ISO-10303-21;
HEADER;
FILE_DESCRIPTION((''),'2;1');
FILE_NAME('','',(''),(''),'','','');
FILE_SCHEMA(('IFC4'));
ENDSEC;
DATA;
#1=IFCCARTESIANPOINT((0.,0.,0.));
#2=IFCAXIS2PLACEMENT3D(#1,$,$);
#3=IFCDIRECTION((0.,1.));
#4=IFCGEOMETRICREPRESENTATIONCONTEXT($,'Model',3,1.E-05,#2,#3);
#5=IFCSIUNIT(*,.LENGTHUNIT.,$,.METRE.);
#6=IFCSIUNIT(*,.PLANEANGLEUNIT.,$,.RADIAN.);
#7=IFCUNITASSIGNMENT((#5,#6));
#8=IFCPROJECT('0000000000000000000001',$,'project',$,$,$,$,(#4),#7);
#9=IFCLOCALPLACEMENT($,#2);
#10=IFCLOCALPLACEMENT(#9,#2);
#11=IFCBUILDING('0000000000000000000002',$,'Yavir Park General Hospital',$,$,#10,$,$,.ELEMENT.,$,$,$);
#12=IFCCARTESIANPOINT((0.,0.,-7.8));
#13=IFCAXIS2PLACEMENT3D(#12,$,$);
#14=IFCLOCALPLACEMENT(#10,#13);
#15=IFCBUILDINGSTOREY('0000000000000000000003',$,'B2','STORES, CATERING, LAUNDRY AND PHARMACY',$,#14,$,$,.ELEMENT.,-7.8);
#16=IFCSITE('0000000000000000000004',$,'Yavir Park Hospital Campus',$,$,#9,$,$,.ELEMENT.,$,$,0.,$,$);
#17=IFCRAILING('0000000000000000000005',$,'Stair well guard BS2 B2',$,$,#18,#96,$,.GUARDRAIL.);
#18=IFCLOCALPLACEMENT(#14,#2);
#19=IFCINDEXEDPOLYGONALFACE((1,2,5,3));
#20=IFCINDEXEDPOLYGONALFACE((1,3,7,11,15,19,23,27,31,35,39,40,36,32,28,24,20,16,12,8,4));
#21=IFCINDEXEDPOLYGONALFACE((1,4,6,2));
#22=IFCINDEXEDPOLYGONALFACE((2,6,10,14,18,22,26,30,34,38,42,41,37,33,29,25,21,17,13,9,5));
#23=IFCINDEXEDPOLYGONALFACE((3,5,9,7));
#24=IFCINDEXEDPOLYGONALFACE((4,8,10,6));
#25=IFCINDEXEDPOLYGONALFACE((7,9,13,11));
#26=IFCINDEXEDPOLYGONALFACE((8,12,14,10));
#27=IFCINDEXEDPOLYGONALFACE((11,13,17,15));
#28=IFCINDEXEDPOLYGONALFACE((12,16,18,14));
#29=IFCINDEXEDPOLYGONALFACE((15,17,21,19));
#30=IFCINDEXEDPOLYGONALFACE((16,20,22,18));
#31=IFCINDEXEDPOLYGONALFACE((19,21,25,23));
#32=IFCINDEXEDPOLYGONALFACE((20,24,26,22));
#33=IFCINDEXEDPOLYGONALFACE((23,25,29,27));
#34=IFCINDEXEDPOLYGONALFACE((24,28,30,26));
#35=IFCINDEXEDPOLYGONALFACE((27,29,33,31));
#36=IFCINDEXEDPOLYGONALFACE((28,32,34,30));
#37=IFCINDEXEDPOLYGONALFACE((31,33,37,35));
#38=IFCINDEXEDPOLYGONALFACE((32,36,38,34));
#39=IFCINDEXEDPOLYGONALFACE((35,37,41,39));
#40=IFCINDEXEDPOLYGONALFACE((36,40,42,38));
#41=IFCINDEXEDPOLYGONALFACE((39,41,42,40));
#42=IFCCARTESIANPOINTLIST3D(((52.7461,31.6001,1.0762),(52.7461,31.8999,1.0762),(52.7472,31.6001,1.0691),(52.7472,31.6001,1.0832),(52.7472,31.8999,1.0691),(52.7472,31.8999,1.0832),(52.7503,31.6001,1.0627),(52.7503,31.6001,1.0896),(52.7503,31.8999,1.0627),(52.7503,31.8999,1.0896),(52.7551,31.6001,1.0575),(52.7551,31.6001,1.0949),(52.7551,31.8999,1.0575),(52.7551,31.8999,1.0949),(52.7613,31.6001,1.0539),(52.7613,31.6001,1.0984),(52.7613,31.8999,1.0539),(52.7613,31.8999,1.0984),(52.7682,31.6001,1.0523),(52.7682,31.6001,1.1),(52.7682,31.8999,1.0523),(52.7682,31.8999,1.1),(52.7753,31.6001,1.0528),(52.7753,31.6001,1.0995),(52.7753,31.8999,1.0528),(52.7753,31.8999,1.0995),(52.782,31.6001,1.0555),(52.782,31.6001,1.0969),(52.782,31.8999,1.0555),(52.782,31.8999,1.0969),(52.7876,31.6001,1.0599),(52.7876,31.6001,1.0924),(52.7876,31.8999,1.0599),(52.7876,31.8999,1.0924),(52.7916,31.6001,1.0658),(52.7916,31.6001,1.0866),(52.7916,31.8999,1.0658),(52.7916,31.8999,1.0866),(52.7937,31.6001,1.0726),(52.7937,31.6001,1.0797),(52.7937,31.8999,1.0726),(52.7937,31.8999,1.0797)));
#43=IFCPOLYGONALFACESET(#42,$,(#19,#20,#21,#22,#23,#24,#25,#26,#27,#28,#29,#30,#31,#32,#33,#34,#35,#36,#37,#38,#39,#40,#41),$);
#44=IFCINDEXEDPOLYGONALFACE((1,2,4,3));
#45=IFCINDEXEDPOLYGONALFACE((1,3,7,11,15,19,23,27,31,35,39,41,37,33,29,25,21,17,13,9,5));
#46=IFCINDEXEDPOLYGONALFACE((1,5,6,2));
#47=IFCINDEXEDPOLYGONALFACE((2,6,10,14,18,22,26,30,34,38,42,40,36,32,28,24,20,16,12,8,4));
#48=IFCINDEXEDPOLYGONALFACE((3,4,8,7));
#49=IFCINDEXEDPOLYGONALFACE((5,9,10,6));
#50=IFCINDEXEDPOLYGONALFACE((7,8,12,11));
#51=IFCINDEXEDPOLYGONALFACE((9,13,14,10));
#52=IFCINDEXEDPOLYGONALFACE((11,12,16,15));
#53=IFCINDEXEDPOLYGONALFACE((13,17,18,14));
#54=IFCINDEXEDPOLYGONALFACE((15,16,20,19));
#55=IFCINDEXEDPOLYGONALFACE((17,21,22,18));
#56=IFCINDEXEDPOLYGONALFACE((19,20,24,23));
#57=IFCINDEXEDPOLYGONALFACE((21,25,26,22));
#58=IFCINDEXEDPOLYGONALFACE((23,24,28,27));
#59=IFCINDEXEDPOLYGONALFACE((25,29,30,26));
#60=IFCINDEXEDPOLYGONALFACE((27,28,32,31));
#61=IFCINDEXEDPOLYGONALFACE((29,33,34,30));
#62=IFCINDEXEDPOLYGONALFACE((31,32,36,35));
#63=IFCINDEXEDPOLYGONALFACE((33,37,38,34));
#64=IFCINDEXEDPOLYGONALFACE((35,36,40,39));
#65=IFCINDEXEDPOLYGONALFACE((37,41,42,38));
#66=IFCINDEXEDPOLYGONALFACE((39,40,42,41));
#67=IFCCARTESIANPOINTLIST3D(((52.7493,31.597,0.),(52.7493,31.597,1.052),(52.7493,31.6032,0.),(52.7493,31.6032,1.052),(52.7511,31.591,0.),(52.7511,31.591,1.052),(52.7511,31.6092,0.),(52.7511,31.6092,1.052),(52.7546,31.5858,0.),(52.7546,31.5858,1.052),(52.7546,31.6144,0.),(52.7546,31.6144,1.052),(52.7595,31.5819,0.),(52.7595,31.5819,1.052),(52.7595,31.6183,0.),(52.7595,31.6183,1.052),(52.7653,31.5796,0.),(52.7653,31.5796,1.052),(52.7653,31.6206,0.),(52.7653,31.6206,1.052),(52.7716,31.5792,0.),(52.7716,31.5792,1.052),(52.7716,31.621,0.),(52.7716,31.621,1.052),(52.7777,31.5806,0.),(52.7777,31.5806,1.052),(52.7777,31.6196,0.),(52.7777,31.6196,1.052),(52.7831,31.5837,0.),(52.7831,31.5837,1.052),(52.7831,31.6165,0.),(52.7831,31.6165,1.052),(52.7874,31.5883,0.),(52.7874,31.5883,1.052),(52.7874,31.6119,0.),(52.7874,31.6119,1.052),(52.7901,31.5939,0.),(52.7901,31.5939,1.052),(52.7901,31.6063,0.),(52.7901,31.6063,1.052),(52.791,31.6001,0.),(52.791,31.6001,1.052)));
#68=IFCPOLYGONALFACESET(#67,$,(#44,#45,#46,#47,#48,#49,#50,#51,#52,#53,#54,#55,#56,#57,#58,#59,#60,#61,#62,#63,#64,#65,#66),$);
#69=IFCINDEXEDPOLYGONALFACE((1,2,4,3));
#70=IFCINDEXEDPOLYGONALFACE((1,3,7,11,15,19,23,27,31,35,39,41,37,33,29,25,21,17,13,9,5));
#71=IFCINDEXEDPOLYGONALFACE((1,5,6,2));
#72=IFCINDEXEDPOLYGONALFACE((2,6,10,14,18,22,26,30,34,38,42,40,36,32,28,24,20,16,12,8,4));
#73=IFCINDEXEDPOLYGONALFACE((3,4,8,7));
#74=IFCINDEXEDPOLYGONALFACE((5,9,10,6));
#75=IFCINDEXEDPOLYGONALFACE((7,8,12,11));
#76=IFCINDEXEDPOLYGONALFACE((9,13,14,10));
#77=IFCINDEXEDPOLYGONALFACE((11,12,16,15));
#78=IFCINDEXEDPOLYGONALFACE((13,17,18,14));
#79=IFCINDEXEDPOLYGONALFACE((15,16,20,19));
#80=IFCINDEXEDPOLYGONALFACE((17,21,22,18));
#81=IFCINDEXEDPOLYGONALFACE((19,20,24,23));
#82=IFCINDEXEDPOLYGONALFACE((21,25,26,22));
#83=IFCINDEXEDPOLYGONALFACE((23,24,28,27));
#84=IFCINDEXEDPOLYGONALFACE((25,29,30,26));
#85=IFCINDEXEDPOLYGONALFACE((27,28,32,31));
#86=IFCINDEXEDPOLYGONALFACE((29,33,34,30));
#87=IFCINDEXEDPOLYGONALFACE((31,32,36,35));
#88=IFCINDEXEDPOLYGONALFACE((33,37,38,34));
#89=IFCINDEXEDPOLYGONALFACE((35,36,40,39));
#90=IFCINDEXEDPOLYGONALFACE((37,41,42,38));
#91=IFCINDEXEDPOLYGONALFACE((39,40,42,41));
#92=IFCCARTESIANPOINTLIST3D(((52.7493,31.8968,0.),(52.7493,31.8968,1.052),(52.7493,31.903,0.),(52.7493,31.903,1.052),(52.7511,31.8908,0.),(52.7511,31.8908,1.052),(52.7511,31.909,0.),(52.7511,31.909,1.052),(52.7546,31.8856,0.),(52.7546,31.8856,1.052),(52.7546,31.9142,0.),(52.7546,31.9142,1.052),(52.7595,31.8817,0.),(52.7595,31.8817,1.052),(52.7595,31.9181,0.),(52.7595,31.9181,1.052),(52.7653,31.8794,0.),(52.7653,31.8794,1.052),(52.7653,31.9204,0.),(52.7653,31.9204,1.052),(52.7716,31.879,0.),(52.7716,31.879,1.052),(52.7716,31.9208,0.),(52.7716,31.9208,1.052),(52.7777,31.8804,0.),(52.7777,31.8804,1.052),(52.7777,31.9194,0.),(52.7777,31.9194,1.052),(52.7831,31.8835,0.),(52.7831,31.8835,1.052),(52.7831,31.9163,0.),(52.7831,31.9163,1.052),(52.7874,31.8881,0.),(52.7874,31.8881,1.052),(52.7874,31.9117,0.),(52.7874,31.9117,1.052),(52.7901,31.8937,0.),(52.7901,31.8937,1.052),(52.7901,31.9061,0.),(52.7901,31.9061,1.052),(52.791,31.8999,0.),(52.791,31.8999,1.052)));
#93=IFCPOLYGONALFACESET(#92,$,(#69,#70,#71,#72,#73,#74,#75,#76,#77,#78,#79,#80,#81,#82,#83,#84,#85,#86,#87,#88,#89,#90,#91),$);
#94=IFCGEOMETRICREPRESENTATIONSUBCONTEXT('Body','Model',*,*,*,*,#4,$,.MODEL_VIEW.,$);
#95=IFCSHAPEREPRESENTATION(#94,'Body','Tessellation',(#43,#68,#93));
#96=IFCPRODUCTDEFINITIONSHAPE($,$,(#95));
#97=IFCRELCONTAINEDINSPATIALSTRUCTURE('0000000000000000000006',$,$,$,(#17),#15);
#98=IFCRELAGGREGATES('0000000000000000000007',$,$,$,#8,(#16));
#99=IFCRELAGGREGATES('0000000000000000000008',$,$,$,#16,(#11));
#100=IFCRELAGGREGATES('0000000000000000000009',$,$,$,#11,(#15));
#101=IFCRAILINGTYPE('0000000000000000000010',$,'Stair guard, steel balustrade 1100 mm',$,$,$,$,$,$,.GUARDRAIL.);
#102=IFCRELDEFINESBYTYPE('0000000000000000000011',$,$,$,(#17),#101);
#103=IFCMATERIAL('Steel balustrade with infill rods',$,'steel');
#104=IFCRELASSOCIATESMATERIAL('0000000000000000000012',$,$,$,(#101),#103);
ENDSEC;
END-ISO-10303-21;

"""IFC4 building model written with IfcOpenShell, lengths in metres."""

from ifc_helpers import new_model, si_unit, direction, frame, origin, origin_2d, place, context, subcontext, project, spatial, circle, extrude, material, type_object, element, save


model = new_model("IFC4")

# Units and contexts
model_context = context("Model", 3, precision=1e-05, world=origin(), true_north=direction((0.0, 1.0)))
body_context = subcontext(model_context, "Body", "Model", "MODEL_VIEW")
ifc_project = project(units=[si_unit("LENGTHUNIT", "METRE"), si_unit("PLANEANGLEUNIT", "RADIAN")], contexts=[model_context])

# Site, building, storey
site_placement = place(None, origin())
site = spatial("IfcSite", under=ifc_project, at=site_placement, Name="Yavir Park Hospital Campus", CompositionType="ELEMENT", RefElevation=0.0)
building_placement = place(site_placement, origin())
building = spatial("IfcBuilding", under=site, at=building_placement, Name="Yavir Park General Hospital", CompositionType="ELEMENT")
storey_placement = place(building_placement, frame((0.0, 0.0, -7.8)))
storey = spatial("IfcBuildingStorey", under=building, at=storey_placement, Name="B2", Description="STORES, CATERING, LAUNDRY AND PHARMACY", CompositionType="ELEMENT", Elevation=-7.8)

# Railing
ifc_material_1 = material(Name="Steel balustrade with infill rods", Category="steel")
railing_type_1 = type_object("IfcRailingType", Name="Stair guard, steel balustrade 1100 mm", PredefinedType="GUARDRAIL", material=ifc_material_1)
railing_placement = place(storey_placement, frame((52.77, 31.6001, 0.0)))
element("IfcRailing", 1, at=railing_placement, inside=storey, type_object=railing_type_1, Name="Stair well guard BS2 B2", PredefinedType="GUARDRAIL", context=body_context, shape_type="SweptSolid", body=[
    extrude(circle(Radius=0.0239, at=origin_2d()), frame((0.0, 0.0, 1.0762), z_axis=(0.0, 1.0, 0.0), x_axis=(-1.0, 0.0, 0.0)), (0.0, 0.0, 1.0), 0.2998),
    extrude(circle(Radius=0.021, at=origin_2d()), origin(), (0.0, 0.0, 1.0), 1.052),
    extrude(circle(Radius=0.021, at=origin_2d()), frame((0.0, 0.2998, 0.0)), (0.0, 0.0, 1.0), 1.052),
])

save(model, "model.ifc")
